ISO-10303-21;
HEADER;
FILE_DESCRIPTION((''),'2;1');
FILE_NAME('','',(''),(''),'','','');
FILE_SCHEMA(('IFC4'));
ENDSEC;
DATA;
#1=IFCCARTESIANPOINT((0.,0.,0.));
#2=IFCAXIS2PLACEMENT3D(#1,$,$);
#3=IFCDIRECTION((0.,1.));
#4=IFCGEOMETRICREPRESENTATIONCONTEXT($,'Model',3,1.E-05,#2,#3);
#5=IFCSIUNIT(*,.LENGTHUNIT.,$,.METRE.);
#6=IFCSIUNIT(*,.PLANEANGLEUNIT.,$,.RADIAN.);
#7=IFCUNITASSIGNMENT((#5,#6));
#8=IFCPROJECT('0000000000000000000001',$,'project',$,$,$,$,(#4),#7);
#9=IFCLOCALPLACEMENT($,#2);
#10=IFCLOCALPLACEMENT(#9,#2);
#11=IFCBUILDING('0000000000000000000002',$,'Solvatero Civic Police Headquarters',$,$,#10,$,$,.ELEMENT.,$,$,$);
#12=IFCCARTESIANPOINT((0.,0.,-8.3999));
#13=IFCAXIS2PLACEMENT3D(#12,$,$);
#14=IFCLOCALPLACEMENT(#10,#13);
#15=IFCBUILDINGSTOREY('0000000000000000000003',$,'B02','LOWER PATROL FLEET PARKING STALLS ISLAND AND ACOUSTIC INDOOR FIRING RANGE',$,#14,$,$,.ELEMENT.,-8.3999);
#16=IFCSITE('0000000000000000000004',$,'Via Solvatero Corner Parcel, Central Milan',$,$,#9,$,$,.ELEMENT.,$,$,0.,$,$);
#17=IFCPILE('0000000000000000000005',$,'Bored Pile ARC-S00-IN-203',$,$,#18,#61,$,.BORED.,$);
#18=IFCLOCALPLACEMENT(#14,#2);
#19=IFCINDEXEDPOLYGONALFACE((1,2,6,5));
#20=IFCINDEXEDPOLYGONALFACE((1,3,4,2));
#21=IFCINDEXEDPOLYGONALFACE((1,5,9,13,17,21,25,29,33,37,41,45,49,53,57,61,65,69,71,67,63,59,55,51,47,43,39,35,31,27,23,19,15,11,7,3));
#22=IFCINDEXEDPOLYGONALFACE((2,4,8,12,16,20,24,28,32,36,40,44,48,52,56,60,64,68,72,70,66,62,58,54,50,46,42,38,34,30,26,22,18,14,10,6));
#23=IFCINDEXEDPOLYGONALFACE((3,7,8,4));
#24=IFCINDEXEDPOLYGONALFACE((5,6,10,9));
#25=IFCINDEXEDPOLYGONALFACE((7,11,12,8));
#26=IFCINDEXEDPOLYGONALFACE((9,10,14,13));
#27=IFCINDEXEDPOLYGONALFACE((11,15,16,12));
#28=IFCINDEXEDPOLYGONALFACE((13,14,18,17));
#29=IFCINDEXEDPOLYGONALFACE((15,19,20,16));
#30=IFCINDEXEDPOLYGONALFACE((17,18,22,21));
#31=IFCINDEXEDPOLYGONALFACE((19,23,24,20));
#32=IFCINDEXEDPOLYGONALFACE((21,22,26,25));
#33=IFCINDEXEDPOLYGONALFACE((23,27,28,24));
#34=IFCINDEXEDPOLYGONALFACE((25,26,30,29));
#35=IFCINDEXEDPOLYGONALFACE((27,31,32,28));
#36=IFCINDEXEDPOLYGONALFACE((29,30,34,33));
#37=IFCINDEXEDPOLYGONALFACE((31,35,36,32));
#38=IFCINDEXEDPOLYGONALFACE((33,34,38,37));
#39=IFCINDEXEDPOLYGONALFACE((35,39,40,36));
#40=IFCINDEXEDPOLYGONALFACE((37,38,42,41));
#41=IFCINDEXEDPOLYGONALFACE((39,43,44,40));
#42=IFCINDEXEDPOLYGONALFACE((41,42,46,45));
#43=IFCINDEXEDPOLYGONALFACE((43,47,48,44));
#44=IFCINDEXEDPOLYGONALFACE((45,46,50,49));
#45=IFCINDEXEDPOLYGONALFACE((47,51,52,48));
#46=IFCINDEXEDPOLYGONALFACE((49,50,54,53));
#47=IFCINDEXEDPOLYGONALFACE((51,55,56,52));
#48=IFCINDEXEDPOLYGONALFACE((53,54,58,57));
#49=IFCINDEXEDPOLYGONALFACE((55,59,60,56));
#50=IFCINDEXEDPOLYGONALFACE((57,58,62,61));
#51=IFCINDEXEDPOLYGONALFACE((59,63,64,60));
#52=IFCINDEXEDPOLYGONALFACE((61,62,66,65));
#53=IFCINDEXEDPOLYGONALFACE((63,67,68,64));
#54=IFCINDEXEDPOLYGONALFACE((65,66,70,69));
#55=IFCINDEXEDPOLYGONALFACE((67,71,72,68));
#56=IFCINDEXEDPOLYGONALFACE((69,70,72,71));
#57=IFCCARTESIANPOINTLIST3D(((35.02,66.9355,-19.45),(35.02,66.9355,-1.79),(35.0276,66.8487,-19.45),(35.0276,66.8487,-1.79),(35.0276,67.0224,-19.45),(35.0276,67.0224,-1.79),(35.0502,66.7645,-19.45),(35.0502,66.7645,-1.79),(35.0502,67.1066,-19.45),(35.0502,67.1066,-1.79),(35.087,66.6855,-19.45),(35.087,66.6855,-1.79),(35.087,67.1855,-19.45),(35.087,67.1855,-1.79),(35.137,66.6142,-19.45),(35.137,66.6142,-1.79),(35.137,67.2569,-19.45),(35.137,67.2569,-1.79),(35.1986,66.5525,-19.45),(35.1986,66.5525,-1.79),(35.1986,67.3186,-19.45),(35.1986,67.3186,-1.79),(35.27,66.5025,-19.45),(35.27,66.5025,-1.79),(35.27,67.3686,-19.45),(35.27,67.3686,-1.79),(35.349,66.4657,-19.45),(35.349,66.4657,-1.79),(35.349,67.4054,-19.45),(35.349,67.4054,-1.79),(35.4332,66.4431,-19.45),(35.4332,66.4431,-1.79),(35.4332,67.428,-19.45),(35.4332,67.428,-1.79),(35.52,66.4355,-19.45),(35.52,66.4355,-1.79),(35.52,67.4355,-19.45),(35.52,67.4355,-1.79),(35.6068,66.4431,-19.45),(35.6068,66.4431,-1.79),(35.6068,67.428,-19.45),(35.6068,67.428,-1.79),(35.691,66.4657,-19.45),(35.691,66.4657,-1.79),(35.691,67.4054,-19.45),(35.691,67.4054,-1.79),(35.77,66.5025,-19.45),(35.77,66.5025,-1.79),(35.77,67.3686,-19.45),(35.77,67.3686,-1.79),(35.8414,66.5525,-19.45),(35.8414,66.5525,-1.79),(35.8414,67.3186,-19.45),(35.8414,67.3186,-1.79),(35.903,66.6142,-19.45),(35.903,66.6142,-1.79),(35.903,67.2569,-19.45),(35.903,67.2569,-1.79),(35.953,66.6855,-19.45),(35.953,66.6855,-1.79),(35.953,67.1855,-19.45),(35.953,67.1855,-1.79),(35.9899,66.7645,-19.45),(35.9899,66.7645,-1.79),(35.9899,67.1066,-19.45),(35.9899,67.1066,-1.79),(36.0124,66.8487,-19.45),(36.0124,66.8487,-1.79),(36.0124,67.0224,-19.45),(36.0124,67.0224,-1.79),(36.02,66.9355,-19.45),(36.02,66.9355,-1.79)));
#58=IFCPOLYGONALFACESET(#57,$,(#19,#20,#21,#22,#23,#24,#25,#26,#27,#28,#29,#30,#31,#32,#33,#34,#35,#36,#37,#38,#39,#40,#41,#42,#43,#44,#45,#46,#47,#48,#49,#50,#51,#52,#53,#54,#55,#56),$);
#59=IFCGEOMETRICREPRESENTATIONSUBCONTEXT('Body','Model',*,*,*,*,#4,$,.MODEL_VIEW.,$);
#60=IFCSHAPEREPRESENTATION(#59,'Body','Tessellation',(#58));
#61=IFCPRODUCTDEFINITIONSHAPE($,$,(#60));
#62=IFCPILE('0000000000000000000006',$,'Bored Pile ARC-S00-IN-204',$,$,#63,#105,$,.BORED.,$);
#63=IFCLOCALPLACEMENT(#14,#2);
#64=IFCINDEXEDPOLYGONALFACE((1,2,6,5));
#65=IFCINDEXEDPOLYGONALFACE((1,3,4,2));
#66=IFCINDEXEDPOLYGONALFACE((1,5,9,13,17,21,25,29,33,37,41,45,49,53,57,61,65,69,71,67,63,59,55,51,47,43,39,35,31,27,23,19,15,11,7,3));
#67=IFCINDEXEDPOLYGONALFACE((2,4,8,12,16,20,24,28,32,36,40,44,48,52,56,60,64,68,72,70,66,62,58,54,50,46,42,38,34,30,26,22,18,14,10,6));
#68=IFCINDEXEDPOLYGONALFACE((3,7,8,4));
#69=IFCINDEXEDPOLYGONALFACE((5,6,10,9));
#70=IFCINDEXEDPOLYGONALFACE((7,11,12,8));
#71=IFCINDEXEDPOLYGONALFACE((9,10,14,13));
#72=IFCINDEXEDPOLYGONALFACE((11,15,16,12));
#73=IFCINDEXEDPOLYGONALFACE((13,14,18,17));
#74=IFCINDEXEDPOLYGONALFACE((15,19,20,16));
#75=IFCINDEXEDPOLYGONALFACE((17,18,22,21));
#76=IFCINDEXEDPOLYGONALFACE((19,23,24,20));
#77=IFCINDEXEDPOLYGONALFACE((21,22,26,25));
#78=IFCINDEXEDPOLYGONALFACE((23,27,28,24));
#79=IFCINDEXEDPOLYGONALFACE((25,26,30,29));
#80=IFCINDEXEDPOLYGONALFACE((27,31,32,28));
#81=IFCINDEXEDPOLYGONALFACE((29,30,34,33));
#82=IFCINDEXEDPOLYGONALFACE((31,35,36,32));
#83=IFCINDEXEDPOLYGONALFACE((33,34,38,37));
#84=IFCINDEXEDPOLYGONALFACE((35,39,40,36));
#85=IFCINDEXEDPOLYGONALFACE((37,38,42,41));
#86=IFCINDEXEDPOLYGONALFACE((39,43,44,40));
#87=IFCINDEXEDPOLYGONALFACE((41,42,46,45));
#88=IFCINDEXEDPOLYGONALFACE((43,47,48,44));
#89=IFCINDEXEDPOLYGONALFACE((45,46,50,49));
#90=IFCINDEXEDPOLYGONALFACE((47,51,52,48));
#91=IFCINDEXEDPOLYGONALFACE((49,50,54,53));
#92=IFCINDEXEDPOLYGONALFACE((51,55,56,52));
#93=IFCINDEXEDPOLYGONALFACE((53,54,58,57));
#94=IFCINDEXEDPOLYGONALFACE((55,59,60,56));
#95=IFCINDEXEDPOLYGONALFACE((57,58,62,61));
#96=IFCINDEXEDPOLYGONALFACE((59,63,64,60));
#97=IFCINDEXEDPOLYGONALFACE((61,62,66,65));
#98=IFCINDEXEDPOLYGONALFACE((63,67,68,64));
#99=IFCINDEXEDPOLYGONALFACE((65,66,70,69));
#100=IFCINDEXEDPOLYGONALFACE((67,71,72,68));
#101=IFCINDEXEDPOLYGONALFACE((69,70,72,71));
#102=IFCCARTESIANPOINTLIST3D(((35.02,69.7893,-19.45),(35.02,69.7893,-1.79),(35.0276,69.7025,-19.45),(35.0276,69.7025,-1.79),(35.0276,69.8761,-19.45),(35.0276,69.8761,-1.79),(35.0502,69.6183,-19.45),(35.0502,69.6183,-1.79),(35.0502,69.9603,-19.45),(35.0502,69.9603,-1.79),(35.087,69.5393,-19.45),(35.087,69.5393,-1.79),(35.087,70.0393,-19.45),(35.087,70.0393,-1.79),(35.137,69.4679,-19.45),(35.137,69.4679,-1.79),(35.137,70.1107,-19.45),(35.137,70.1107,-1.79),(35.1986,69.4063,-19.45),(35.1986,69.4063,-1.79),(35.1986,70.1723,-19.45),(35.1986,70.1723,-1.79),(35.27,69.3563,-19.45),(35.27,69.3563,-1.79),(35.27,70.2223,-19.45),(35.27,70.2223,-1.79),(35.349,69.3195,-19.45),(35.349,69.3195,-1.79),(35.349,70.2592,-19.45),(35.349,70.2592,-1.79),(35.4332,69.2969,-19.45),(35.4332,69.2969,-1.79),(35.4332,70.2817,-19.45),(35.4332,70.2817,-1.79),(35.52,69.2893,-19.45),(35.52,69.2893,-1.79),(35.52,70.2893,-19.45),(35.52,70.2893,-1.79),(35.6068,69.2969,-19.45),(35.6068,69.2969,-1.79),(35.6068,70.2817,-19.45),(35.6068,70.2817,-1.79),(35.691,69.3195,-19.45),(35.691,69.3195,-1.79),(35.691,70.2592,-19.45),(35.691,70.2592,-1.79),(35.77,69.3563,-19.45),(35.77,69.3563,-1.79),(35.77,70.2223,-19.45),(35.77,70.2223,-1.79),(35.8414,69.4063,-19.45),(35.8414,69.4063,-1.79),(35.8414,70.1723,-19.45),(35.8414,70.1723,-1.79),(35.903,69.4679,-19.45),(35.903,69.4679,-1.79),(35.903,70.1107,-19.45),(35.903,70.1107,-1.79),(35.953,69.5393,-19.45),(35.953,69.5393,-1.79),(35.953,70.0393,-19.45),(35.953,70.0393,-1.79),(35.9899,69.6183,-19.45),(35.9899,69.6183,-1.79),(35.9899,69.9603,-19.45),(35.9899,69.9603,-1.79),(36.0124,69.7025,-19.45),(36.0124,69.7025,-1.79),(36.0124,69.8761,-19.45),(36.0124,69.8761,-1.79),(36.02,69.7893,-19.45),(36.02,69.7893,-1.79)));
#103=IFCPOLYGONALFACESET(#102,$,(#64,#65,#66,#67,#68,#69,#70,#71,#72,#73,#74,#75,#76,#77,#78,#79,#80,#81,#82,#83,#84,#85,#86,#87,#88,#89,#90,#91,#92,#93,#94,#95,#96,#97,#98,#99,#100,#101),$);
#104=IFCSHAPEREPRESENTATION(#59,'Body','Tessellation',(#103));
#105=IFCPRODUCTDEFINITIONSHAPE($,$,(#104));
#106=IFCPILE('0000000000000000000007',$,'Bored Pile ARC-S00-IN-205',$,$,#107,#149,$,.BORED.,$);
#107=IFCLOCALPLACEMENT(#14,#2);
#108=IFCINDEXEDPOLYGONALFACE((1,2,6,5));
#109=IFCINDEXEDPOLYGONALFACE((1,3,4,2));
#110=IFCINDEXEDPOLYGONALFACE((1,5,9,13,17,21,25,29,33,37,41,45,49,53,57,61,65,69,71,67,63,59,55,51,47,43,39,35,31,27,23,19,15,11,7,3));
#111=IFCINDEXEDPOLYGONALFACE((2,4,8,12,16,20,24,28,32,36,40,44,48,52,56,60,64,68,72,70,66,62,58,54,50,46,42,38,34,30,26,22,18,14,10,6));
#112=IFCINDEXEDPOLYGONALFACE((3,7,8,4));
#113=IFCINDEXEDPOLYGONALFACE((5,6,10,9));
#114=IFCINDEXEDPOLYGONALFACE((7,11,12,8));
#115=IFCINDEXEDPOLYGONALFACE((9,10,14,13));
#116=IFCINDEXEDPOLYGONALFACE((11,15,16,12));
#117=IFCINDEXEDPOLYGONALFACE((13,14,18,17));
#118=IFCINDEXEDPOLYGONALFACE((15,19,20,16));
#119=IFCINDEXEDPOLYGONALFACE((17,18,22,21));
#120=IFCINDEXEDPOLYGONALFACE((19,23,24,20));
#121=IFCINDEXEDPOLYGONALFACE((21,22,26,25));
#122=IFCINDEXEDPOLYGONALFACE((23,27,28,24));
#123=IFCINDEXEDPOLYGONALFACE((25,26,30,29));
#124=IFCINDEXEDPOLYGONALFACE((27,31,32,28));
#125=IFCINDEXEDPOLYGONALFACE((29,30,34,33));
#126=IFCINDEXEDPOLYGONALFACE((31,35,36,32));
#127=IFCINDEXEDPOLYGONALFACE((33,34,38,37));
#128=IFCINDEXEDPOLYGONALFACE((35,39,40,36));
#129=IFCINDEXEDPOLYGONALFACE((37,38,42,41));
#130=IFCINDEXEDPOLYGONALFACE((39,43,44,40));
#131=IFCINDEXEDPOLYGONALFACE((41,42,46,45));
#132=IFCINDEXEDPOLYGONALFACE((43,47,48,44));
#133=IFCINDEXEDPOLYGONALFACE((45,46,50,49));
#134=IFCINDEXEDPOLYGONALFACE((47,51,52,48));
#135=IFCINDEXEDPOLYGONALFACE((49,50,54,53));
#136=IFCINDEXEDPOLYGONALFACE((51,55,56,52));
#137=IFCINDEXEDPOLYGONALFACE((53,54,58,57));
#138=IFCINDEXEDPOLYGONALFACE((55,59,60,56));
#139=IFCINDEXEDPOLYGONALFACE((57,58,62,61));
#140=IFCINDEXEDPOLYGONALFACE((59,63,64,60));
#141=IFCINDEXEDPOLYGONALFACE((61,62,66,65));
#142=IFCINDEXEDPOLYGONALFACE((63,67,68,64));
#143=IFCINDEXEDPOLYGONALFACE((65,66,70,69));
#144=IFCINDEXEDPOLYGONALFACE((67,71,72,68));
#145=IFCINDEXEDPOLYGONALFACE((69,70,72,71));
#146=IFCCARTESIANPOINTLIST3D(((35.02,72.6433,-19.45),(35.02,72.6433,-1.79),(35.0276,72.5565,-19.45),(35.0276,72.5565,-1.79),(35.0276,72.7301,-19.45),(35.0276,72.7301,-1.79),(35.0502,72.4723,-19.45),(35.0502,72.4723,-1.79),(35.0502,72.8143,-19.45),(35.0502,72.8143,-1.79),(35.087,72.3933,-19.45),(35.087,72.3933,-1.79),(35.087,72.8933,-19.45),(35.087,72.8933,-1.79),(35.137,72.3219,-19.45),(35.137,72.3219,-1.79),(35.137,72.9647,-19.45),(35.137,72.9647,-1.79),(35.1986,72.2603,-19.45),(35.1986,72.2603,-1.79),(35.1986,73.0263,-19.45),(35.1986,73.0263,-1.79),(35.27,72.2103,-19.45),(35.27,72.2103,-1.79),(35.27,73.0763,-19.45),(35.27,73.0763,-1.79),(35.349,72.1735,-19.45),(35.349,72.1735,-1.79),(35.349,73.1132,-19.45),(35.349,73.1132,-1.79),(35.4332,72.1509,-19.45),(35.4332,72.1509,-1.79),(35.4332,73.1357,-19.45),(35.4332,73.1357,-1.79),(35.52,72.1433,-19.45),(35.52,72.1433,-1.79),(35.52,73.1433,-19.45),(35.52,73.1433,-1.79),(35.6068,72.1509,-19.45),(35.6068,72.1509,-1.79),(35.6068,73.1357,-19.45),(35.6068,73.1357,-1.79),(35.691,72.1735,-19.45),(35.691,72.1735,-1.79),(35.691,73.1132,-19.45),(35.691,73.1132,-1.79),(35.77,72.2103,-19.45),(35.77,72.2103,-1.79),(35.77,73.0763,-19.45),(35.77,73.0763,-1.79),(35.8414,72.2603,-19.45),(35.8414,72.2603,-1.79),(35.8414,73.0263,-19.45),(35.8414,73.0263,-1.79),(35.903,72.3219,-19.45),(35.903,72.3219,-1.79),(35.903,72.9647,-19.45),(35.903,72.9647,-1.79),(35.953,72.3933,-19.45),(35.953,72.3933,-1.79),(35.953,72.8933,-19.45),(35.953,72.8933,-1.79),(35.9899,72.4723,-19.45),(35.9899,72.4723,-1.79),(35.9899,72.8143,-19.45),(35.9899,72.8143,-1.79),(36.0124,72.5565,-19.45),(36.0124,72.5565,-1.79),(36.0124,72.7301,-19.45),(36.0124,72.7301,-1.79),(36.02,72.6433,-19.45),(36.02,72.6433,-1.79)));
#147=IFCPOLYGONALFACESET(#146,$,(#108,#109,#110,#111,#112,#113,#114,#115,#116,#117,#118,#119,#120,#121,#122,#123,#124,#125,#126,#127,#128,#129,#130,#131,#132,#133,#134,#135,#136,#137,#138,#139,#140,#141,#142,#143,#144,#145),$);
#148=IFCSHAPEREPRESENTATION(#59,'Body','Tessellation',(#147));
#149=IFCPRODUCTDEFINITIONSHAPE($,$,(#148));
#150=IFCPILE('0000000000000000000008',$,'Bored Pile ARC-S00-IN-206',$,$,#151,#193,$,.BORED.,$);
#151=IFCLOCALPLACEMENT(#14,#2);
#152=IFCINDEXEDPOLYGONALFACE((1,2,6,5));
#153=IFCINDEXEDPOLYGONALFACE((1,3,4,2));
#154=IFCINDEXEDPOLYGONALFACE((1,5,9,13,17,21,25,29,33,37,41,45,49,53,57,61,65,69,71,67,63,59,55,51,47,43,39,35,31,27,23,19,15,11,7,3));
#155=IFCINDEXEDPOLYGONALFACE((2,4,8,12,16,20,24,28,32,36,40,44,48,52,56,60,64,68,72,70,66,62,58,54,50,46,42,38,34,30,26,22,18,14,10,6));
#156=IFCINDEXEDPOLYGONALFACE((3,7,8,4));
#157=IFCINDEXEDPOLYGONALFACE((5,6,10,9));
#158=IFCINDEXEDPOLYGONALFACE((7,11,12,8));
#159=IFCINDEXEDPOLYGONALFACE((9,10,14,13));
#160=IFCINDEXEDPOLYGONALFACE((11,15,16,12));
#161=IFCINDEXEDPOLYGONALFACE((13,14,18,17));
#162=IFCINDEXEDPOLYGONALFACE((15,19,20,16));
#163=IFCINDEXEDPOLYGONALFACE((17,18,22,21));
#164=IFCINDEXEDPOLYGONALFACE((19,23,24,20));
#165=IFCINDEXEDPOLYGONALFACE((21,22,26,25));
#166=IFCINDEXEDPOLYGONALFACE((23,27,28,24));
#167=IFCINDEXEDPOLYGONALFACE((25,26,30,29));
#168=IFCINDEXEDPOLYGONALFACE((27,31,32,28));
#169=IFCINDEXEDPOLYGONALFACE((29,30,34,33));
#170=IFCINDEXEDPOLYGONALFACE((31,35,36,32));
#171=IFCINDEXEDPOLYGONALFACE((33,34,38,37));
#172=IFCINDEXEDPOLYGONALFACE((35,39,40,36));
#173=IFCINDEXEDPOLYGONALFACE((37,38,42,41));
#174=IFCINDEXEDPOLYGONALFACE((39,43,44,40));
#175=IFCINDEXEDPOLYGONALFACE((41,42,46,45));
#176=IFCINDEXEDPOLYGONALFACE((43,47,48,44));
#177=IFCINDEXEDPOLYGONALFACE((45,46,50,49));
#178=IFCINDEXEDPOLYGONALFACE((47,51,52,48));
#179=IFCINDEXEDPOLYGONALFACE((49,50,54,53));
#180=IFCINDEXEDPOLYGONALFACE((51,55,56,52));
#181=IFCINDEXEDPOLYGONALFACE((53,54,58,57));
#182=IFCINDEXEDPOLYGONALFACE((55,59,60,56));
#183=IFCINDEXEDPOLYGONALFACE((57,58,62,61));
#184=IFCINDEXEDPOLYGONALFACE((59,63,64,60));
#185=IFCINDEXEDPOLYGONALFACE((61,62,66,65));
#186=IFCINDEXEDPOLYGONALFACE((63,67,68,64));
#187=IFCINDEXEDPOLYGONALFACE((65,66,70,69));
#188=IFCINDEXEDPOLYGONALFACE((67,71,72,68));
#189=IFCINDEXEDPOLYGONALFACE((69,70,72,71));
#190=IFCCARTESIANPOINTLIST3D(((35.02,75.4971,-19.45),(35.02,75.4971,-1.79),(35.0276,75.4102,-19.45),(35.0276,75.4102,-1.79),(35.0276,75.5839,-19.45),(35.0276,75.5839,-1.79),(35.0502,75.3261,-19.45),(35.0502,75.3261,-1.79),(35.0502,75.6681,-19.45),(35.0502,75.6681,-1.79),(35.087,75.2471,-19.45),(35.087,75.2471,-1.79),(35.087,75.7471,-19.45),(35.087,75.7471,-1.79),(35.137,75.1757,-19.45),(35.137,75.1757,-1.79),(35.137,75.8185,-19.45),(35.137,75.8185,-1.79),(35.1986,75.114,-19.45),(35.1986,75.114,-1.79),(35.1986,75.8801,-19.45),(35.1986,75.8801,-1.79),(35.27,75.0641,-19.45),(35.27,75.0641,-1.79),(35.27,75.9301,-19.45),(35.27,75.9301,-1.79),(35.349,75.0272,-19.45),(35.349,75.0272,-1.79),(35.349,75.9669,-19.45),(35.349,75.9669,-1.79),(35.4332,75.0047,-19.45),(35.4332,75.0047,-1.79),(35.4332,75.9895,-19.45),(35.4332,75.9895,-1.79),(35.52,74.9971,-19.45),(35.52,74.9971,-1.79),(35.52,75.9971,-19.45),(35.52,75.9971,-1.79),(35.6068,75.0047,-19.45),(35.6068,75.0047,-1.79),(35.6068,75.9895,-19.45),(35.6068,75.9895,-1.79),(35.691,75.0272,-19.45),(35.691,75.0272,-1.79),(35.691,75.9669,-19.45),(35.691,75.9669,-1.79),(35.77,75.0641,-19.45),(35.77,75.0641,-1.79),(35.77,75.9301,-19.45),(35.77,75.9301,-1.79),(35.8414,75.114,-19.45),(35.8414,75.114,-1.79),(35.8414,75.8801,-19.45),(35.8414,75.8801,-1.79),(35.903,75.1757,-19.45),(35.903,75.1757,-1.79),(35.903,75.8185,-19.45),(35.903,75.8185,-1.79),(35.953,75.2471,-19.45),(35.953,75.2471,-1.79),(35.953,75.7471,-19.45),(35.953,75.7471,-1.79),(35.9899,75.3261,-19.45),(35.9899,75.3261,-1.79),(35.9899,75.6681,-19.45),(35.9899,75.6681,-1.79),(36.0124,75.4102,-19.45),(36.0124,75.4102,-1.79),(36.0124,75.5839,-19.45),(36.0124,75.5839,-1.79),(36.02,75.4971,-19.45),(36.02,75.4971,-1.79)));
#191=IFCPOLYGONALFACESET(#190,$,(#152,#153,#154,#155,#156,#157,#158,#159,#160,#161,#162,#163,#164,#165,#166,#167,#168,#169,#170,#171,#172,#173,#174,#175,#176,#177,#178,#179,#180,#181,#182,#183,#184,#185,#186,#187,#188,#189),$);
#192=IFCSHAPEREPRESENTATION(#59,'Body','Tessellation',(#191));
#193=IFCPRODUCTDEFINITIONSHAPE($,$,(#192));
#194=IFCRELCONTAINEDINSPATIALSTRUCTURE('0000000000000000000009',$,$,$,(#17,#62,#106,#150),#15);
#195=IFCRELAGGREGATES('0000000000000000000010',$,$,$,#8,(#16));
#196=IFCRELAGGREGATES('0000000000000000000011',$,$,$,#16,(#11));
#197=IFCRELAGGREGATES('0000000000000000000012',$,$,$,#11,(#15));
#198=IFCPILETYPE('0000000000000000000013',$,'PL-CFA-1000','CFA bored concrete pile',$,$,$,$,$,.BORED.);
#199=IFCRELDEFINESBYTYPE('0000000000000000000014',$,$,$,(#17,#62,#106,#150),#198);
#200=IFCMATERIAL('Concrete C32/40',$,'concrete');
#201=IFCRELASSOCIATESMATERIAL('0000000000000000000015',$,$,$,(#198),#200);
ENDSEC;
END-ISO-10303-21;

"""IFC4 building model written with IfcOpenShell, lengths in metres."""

from ifc_helpers import new_model, si_unit, direction, frame, origin, origin_2d, place, context, subcontext, project, spatial, circle, extrude, material, material_profile, profile_set, type_object, element, save


model = new_model("IFC4")

# Units and contexts
model_context = context("Model", 3, precision=1e-05, world=origin(), true_north=direction((0.0, 1.0)))
body_context = subcontext(model_context, "Body", "Model", "MODEL_VIEW")
ifc_project = project(units=[si_unit("LENGTHUNIT", "METRE"), si_unit("PLANEANGLEUNIT", "RADIAN")], contexts=[model_context])

# Site, building, storey
site_placement = place(None, origin())
site = spatial("IfcSite", under=ifc_project, at=site_placement, Name="Via Solvatero Corner Parcel, Central Milan", CompositionType="ELEMENT", RefElevation=0.0)
building_placement = place(site_placement, origin())
building = spatial("IfcBuilding", under=site, at=building_placement, Name="Solvatero Civic Police Headquarters", CompositionType="ELEMENT")
storey_placement = place(building_placement, frame((0.0, 0.0, -8.3999)))
storey = spatial("IfcBuildingStorey", under=building, at=storey_placement, Name="B02", Description="LOWER PATROL FLEET PARKING STALLS ISLAND AND ACOUSTIC INDOOR FIRING RANGE", CompositionType="ELEMENT", Elevation=-8.3999)

# Piles
ifc_material_1 = material(Name="Concrete C32/40", Category="concrete")
ifc_material_profile_1 = material_profile(ifc_material_1, circle(Radius=0.5, at=origin_2d()), Name="CFA PILE D1000")
ifc_profile_set_1 = profile_set([ifc_material_profile_1], Name="Concrete C32/40")
pile_type = type_object("IfcPileType", Name="PL-CFA-1000", Description="CFA bored concrete pile", PredefinedType="BORED", material=ifc_profile_set_1)
for number, where, z_axis, x_axis, name in (
    (1, (35.52, 66.9355, -1.79), (0.0, 0.0, -1.0), (1.0, 0.0, 0.0), "Bored Pile ARC-S00-IN-203"),
    (2, (35.52, 69.7893, -1.79), (0.0, 0.0, -1.0), (1.0, 0.0, 0.0), "Bored Pile ARC-S00-IN-204"),
    (3, (35.52, 72.6433, -1.79), (0.0, 0.0, -1.0), (1.0, 0.0, 0.0), "Bored Pile ARC-S00-IN-205"),
    (4, (35.52, 75.4971, -1.79), (0.0, 0.0, -1.0), (1.0, 0.0, 0.0), "Bored Pile ARC-S00-IN-206"),
):
    element("IfcPile", number, at=place(storey_placement, frame(where, z_axis=z_axis, x_axis=x_axis)), inside=storey, type_object=pile_type, Name=name, PredefinedType="BORED", context=body_context, shape_type="SweptSolid", body=[
        extrude(circle(Radius=0.5, at=origin_2d()), origin(), (0.0, 0.0, 1.0), 17.6599),
    ])

save(model, "model.ifc")
